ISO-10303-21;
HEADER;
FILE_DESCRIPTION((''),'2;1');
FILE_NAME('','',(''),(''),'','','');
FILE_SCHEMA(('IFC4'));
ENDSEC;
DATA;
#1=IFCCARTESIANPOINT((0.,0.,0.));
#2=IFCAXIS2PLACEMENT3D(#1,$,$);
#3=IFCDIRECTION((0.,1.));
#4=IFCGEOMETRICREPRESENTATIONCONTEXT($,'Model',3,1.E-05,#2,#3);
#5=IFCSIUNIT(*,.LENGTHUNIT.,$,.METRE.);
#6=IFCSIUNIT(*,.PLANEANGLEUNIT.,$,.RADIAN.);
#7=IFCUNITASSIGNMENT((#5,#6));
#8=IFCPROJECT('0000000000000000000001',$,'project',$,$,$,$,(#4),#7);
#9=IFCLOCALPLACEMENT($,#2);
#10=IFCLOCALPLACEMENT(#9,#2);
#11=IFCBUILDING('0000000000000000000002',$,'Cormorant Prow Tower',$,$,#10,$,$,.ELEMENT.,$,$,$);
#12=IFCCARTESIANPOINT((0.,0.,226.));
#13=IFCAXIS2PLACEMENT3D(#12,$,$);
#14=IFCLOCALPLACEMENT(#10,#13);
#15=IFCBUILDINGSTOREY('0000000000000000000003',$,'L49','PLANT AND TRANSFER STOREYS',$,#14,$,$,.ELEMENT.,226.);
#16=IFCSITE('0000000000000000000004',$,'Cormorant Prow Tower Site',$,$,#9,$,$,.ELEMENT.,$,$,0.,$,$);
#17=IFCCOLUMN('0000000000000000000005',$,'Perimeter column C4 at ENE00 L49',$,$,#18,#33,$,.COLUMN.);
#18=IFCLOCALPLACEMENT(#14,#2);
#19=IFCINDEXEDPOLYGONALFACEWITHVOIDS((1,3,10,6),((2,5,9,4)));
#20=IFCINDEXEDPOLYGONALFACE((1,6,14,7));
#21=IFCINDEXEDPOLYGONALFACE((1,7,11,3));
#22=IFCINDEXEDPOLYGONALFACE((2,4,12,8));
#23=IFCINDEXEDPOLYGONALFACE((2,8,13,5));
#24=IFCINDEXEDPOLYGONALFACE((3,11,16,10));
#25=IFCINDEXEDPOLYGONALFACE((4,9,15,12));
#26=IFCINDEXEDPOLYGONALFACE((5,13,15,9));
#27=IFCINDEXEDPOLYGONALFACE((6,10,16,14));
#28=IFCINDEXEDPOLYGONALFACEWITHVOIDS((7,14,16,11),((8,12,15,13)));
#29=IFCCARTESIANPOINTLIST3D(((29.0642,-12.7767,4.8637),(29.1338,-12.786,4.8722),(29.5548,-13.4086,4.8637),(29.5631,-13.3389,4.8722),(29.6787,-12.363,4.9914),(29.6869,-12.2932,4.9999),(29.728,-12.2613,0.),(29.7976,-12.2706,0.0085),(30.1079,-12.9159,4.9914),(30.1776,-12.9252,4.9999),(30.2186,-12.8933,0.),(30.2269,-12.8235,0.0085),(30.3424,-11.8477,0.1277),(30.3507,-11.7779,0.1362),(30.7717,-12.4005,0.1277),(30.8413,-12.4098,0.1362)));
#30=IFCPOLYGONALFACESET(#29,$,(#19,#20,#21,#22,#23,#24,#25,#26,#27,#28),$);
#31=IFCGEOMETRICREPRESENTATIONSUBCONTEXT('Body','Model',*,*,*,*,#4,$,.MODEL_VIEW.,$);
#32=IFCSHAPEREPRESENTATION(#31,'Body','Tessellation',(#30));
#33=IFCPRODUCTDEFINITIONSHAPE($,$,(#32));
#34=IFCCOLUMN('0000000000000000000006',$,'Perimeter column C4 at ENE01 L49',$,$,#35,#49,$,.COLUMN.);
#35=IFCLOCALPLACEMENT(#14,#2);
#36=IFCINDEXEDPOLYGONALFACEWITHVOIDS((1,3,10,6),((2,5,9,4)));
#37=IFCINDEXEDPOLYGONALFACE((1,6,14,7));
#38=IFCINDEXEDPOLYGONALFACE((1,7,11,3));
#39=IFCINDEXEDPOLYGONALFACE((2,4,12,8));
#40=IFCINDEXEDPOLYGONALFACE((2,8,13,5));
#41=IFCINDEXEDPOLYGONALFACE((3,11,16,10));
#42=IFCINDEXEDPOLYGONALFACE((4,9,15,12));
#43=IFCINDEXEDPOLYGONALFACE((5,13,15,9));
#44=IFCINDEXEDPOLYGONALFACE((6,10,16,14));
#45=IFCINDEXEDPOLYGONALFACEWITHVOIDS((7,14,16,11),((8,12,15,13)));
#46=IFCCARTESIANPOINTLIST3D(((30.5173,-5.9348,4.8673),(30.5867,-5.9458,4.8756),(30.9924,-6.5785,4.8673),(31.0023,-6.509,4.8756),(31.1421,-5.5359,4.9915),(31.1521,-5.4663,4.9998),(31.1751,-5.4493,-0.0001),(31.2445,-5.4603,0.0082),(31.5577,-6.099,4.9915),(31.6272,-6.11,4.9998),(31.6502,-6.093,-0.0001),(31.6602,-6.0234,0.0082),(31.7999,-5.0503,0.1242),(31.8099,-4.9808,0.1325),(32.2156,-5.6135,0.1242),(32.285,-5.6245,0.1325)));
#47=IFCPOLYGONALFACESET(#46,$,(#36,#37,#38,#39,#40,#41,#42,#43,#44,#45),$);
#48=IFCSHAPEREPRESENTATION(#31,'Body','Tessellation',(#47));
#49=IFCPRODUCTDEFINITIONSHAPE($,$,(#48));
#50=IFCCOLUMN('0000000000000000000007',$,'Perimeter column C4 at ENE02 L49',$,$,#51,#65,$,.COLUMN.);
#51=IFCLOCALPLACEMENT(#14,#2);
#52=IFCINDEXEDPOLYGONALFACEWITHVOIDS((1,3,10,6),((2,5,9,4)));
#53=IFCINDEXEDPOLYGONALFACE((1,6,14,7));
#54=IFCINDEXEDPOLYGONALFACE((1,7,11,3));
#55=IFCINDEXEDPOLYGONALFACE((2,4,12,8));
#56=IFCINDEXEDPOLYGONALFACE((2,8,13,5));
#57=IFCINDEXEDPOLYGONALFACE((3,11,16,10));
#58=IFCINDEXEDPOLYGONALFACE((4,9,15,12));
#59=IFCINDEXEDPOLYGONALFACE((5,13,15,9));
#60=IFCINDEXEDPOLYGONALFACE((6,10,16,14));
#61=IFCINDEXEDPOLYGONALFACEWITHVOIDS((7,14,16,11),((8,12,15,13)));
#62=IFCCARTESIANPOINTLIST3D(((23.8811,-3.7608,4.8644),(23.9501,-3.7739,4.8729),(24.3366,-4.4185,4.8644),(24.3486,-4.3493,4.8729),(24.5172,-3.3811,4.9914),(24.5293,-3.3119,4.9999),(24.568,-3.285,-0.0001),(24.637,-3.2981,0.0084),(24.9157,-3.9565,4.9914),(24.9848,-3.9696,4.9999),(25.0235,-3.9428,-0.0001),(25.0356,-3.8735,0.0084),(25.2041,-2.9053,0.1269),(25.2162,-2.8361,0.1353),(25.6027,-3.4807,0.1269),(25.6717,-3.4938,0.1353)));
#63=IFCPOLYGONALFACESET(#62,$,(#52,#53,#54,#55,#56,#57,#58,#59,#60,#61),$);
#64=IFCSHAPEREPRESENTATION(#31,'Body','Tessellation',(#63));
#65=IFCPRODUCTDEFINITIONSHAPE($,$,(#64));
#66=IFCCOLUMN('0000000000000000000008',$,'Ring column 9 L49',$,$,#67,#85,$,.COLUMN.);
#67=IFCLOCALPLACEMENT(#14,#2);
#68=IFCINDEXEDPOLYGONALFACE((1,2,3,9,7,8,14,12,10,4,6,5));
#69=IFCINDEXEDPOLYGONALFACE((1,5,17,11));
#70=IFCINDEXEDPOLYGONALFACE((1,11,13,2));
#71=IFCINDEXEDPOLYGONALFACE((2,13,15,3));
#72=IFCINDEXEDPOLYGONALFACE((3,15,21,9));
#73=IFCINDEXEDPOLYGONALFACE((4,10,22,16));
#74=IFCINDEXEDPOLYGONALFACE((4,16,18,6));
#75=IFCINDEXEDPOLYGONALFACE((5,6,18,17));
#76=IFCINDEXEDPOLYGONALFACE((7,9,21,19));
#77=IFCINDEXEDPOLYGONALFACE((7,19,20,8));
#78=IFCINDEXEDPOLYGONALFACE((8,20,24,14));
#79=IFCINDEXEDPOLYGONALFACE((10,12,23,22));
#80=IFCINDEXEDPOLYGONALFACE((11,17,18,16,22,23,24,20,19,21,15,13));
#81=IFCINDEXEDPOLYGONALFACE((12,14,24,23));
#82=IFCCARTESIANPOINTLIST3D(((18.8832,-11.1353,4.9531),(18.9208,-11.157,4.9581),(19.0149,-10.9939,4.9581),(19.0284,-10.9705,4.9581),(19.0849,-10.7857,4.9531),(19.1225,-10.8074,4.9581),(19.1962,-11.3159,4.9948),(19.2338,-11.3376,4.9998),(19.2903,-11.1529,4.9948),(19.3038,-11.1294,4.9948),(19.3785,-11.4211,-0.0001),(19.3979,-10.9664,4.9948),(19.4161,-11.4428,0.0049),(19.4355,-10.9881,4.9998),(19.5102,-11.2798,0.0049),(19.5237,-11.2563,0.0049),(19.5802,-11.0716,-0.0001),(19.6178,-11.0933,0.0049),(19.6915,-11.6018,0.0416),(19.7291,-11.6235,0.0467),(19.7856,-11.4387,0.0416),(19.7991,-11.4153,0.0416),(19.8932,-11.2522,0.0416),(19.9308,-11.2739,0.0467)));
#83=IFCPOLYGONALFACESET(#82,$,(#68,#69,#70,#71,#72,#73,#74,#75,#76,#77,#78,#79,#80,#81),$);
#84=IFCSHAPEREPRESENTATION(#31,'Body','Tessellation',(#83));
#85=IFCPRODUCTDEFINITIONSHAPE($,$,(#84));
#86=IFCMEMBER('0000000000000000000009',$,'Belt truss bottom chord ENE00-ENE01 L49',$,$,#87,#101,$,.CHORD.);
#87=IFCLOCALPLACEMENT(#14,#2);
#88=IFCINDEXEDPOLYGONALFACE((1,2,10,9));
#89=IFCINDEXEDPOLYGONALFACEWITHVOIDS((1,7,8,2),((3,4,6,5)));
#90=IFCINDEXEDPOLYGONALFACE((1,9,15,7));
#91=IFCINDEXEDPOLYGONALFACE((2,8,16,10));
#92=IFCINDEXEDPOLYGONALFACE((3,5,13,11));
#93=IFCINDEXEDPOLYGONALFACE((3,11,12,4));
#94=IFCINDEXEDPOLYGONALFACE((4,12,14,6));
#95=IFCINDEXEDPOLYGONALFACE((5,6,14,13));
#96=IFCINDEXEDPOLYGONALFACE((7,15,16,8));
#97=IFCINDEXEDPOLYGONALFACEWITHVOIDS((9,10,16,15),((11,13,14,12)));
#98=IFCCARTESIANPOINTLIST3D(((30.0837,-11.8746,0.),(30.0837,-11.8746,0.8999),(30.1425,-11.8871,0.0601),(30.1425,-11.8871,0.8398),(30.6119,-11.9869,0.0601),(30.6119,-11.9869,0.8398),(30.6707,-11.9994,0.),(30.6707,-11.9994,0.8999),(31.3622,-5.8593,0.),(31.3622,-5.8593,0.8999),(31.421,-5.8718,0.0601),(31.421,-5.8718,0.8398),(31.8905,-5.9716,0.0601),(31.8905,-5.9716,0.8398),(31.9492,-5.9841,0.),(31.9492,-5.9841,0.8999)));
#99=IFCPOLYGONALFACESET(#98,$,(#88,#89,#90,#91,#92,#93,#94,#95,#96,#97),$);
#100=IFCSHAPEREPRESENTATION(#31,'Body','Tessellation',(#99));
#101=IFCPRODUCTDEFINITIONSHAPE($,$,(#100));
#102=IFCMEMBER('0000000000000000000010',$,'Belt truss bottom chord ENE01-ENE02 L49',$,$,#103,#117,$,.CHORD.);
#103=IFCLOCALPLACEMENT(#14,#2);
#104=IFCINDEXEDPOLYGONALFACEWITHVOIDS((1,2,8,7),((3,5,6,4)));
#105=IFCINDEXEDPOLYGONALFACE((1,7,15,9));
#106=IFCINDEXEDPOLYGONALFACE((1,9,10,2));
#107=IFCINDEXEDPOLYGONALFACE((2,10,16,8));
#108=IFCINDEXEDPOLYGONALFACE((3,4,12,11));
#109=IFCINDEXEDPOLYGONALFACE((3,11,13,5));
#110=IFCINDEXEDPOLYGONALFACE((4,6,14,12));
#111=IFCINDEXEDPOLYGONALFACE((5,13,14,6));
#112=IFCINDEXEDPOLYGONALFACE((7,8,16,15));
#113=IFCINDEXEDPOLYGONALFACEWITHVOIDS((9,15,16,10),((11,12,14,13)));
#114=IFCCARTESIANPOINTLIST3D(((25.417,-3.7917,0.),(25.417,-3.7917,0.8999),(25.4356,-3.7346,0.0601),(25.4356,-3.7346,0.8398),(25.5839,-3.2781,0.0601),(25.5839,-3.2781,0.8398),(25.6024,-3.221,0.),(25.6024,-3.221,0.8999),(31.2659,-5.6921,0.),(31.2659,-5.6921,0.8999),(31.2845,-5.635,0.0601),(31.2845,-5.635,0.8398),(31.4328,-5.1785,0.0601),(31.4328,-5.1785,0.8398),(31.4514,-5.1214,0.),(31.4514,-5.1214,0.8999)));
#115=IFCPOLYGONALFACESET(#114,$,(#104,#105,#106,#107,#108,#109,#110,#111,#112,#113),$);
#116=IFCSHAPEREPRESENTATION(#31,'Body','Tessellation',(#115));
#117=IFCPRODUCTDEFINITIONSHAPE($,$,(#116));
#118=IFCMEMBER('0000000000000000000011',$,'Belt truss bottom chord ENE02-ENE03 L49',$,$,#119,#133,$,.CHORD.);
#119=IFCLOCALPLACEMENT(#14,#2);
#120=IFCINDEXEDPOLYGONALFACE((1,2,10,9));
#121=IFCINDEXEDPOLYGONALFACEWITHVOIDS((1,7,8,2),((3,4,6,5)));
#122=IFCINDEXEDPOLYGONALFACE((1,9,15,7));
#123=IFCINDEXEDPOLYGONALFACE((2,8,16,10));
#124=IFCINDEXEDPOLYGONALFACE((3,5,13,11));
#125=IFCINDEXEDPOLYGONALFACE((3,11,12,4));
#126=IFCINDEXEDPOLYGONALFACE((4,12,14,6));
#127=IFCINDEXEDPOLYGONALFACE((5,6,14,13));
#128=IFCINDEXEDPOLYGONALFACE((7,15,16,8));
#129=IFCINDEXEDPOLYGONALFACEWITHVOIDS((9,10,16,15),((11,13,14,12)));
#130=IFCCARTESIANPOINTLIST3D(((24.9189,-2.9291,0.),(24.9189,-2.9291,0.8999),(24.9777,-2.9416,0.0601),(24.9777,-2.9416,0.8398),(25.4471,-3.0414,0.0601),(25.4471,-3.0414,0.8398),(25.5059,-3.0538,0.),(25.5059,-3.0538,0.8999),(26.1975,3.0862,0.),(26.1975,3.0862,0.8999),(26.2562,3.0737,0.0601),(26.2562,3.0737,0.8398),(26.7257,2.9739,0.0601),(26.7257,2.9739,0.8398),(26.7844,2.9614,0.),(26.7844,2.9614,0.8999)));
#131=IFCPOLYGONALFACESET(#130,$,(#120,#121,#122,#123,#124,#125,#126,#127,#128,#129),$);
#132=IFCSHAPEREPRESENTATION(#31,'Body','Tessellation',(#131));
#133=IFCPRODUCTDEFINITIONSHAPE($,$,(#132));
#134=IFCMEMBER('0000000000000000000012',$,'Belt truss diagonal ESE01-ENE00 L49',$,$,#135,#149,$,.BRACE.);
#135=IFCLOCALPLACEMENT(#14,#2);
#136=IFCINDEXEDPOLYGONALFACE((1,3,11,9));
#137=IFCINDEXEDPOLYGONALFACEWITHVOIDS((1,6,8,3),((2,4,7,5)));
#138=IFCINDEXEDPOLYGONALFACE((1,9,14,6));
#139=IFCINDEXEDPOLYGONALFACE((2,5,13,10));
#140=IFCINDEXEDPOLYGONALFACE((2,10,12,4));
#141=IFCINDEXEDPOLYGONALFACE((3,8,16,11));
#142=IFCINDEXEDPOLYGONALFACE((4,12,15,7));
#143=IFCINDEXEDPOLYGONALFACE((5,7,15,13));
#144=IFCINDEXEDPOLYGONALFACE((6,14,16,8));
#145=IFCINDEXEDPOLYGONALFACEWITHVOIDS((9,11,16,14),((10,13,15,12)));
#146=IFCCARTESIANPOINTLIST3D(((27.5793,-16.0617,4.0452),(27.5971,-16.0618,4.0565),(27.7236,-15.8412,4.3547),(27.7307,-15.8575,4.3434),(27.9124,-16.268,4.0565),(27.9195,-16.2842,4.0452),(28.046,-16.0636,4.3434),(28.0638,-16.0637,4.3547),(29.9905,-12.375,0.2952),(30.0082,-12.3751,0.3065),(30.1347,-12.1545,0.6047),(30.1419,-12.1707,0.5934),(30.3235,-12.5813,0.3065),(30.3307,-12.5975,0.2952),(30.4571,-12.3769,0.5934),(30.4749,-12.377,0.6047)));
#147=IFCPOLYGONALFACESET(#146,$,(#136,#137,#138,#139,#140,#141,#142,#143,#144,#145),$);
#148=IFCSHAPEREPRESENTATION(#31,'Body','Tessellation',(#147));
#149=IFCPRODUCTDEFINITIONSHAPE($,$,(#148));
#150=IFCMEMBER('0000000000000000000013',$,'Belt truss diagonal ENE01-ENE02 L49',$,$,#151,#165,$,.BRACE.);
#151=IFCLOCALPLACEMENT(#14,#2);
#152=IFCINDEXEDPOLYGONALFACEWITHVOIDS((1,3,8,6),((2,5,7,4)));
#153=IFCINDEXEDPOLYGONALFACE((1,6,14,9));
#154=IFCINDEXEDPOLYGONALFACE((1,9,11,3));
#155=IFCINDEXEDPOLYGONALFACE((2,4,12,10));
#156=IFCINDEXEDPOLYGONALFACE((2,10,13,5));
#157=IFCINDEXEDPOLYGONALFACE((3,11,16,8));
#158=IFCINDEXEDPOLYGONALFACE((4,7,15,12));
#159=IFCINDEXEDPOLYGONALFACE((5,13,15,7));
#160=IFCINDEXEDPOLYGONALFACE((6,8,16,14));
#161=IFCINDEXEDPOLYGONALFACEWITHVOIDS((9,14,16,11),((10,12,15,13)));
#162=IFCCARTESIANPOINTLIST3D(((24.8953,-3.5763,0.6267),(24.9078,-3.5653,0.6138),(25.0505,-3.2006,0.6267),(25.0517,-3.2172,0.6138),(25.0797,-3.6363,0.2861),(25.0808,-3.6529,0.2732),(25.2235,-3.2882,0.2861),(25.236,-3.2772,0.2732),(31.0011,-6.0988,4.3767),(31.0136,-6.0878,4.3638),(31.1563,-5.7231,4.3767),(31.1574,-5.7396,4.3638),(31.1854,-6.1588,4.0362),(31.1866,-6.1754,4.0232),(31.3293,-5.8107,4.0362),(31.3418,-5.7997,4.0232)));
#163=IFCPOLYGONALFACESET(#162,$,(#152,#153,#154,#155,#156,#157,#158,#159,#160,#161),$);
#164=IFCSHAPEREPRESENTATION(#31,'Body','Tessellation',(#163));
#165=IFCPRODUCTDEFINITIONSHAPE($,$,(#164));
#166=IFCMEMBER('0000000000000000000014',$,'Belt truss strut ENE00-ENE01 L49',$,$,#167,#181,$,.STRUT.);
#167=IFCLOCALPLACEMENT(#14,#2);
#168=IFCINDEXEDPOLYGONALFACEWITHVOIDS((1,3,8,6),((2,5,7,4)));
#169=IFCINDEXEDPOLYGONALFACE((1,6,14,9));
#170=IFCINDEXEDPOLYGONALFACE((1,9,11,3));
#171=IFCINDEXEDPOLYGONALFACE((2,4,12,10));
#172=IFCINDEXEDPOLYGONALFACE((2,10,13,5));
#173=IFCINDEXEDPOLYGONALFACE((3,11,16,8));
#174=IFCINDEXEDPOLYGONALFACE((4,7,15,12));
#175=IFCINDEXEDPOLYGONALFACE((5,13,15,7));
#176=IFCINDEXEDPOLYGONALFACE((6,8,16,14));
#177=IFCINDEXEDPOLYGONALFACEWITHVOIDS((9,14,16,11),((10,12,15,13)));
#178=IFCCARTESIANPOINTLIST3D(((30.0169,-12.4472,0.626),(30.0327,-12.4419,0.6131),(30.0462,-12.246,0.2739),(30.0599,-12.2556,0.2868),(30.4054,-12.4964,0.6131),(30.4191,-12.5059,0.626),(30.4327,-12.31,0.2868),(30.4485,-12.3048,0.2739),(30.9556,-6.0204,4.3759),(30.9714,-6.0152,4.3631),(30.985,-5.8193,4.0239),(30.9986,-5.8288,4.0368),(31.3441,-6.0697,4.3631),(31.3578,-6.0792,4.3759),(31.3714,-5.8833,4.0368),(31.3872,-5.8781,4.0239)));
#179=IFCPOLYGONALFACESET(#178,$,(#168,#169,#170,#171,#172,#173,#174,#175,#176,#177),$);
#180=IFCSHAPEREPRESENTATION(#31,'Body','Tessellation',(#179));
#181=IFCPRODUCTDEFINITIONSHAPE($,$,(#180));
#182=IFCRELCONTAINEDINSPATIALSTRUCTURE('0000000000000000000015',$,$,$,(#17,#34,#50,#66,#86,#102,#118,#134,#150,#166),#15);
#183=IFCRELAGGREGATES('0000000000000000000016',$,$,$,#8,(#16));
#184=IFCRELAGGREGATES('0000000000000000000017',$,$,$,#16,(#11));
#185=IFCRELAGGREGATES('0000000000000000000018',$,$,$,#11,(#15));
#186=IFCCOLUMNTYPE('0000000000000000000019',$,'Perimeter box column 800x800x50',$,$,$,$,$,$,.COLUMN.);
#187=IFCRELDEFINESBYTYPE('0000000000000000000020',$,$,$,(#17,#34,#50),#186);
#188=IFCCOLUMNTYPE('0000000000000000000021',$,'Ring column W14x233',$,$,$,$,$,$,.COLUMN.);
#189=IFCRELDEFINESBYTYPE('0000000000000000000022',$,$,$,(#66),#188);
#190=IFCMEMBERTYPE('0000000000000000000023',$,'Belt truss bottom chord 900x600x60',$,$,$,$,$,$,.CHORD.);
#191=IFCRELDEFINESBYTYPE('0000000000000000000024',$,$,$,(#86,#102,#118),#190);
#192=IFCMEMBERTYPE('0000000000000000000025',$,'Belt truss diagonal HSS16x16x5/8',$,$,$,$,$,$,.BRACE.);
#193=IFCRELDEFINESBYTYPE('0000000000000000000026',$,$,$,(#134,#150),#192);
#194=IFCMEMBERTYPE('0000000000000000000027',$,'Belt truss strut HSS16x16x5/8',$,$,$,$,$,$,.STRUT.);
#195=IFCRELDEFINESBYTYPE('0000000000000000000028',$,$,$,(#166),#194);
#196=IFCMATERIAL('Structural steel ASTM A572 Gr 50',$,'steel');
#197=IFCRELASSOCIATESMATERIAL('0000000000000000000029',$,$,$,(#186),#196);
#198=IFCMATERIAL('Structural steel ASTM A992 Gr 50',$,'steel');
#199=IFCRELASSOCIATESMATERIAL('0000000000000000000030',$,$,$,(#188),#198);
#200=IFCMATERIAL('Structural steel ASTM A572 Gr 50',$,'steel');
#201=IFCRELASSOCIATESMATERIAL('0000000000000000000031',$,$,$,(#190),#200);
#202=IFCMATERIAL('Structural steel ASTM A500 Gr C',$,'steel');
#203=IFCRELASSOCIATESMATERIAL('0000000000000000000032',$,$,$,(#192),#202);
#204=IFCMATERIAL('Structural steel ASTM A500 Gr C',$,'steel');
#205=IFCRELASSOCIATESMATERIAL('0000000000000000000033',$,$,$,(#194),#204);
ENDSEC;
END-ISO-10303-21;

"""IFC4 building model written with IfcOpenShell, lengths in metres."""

from ifc_helpers import new_model, si_unit, direction, frame, origin, origin_2d, place, context, subcontext, project, spatial, hollow_rectangle, i_section, extrude, material, material_profile, profile_set, type_object, element, save


model = new_model("IFC4")

# Units and contexts
model_context = context("Model", 3, precision=1e-05, world=origin(), true_north=direction((0.0, 1.0)))
body_context = subcontext(model_context, "Body", "Model", "MODEL_VIEW")
ifc_project = project(units=[si_unit("LENGTHUNIT", "METRE"), si_unit("PLANEANGLEUNIT", "RADIAN")], contexts=[model_context])

# Site, building, storey
site_placement = place(None, origin())
site = spatial("IfcSite", under=ifc_project, at=site_placement, Name="Cormorant Prow Tower Site", CompositionType="ELEMENT", RefElevation=0.0)
building_placement = place(site_placement, origin())
building = spatial("IfcBuilding", under=site, at=building_placement, Name="Cormorant Prow Tower", CompositionType="ELEMENT")
storey_placement = place(building_placement, frame((0.0, 0.0, 226.0)))
storey = spatial("IfcBuildingStorey", under=building, at=storey_placement, Name="L49", Description="PLANT AND TRANSFER STOREYS", CompositionType="ELEMENT", Elevation=226.0)

# Columns
ifc_material_1 = material(Name="Structural steel ASTM A572 Gr 50", Category="steel")
ifc_material_profile_1 = material_profile(ifc_material_1, hollow_rectangle(XDim=0.8, YDim=0.8, WallThickness=0.05, at=origin_2d()), Name="Box 800x800x50")
ifc_profile_set_1 = profile_set([ifc_material_profile_1], Name="Structural steel ASTM A572 Gr 50")
column_type_1 = type_object("IfcColumnType", Name="Perimeter box column 800x800x50", PredefinedType="COLUMN", material=ifc_profile_set_1)
column_1_placement = place(storey_placement, frame((30.2939, -12.3284, 0.0), z_axis=(-0.134482, -0.10441, 0.9854), x_axis=(0.613256, -0.789885, 0.0)))
element("IfcColumn", 1, at=column_1_placement, inside=storey, type_object=column_type_1, Name="Perimeter column C4 at ENE00 L49", PredefinedType="COLUMN", context=body_context, shape_type="SweptSolid", body=[
    extrude(hollow_rectangle(XDim=0.8, YDim=0.8, WallThickness=0.05, at=origin_2d()), frame((0.0, 0.0, 0.0691)), (0.0, 0.0, 1.0), 4.9358),
])
column_2_placement = place(storey_placement, frame((31.739, -5.5303, 0.0), z_axis=(-0.133289, -0.098377, 0.986183), x_axis=(0.593843, -0.804581, 0.0)))
element("IfcColumn", 2, at=column_2_placement, inside=storey, type_object=column_type_1, Name="Perimeter column C4 at ENE01 L49", PredefinedType="COLUMN", context=body_context, shape_type="SweptSolid", body=[
    extrude(hollow_rectangle(XDim=0.8, YDim=0.8, WallThickness=0.05, at=origin_2d()), frame((0.0, 0.0, 0.0671)), (0.0, 0.0, 1.0), 4.9355),
])
column_3_placement = place(storey_placement, frame((25.1294, -3.3828, 0.0), z_axis=(-0.139173, -0.096391, 0.985566), x_axis=(0.569373, -0.82208, 0.0)))
element("IfcColumn", 3, at=column_3_placement, inside=storey, type_object=column_type_1, Name="Perimeter column C4 at ENE02 L49", PredefinedType="COLUMN", context=body_context, shape_type="SweptSolid", body=[
    extrude(hollow_rectangle(XDim=0.8, YDim=0.8, WallThickness=0.05, at=origin_2d()), frame((0.0, 0.0, 0.0686)), (0.0, 0.0, 1.0), 4.9358),
])
ifc_material_2 = material(Name="Structural steel ASTM A992 Gr 50", Category="steel")
ifc_material_profile_2 = material_profile(ifc_material_2, i_section(OverallWidth=0.4036, OverallDepth=0.4075, WebThickness=0.0271, FlangeThickness=0.0437, at=origin_2d()), Name="W14x233")
ifc_profile_set_2 = profile_set([ifc_material_profile_2], Name="Structural steel ASTM A992 Gr 50")
column_type_2 = type_object("IfcColumnType", Name="Ring column W14x233", PredefinedType="COLUMN", material=ifc_profile_set_2)
column_4_placement = place(storey_placement, frame((19.657, -11.3489, 0.0), z_axis=(-0.09934, 0.057334, 0.9934), x_axis=(-0.499869, -0.866101, 0.0)))
element("IfcColumn", 4, at=column_4_placement, inside=storey, type_object=column_type_2, Name="Ring column 9 L49", PredefinedType="COLUMN", context=body_context, shape_type="SweptSolid", body=[
    extrude(i_section(OverallWidth=0.4036, OverallDepth=0.4075, WebThickness=0.0271, FlangeThickness=0.0437, at=origin_2d()), frame((0.0, 0.0, 0.0234)), (0.0, 0.0, 1.0), 4.9861),
])

# Members
ifc_material_3 = material(Name="Structural steel ASTM A572 Gr 50", Category="steel")
ifc_material_profile_3 = material_profile(ifc_material_3, hollow_rectangle(XDim=0.6001, YDim=0.8999, WallThickness=0.0601, at=origin_2d()), Name="Box 900x600x60")
ifc_profile_set_3 = profile_set([ifc_material_profile_3], Name="Structural steel ASTM A572 Gr 50")
member_type_1 = type_object("IfcMemberType", Name="Belt truss bottom chord 900x600x60", PredefinedType="CHORD", material=ifc_profile_set_3)
member_1_placement = place(storey_placement, frame((30.3772, -11.937, 0.45), z_axis=(0.207905, 0.978149, 0.0), x_axis=(-0.978149, 0.207905, 0.0)))
element("IfcMember", 5, at=member_1_placement, inside=storey, type_object=member_type_1, Name="Belt truss bottom chord ENE00-ENE01 L49", PredefinedType="CHORD", context=body_context, shape_type="SweptSolid", body=[
    extrude(hollow_rectangle(XDim=0.6001, YDim=0.8999, WallThickness=0.0601, at=origin_2d()), origin(), (0.0, 0.0, 1.0), 6.1497),
])
member_2_placement = place(storey_placement, frame((31.3586, -5.4067, 0.45), z_axis=(-0.951058, 0.309013, 0.0), x_axis=(-0.309013, -0.951058, 0.0)))
element("IfcMember", 6, at=member_2_placement, inside=storey, type_object=member_type_1, Name="Belt truss bottom chord ENE01-ENE02 L49", PredefinedType="CHORD", context=body_context, shape_type="SweptSolid", body=[
    extrude(hollow_rectangle(XDim=0.6001, YDim=0.8999, WallThickness=0.0601, at=origin_2d()), origin(), (0.0, 0.0, 1.0), 6.1499),
])
member_3_placement = place(storey_placement, frame((25.2124, -2.9915, 0.45), z_axis=(0.207905, 0.978149, 0.0), x_axis=(-0.978149, 0.207905, 0.0)))
element("IfcMember", 7, at=member_3_placement, inside=storey, type_object=member_type_1, Name="Belt truss bottom chord ENE02-ENE03 L49", PredefinedType="CHORD", context=body_context, shape_type="SweptSolid", body=[
    extrude(hollow_rectangle(XDim=0.6001, YDim=0.8999, WallThickness=0.0601, at=origin_2d()), origin(), (0.0, 0.0, 1.0), 6.1497),
])
ifc_material_4 = material(Name="Structural steel ASTM A500 Gr C", Category="steel")
ifc_material_profile_4 = material_profile(ifc_material_4, hollow_rectangle(XDim=0.4065, YDim=0.4065, WallThickness=0.0149, at=origin_2d()), Name="HSS16x16x5/8")
ifc_profile_set_4 = profile_set([ifc_material_profile_4], Name="Structural steel ASTM A500 Gr C")
member_type_2 = type_object("IfcMemberType", Name="Belt truss diagonal HSS16x16x5/8", PredefinedType="BRACE", material=ifc_profile_set_4)
member_4_placement = place(storey_placement, frame((30.2327, -12.376, 0.45), z_axis=(-0.416777, -0.637278, 0.648208), x_axis=(0.836912, -0.547337, 0.0)))
element("IfcMember", 8, at=member_4_placement, inside=storey, type_object=member_type_2, Name="Belt truss diagonal ESE01-ENE00 L49", PredefinedType="BRACE", context=body_context, shape_type="SweptSolid", body=[
    extrude(hollow_rectangle(XDim=0.4065, YDim=0.4065, WallThickness=0.0149, at=origin_2d()), origin(), (0.0, 0.0, 1.0), 5.7852),
])
member_5_placement = place(storey_placement, frame((25.0657, -3.4268, 0.45), z_axis=(0.803766, -0.332061, 0.493656), x_axis=(0.381829, 0.924233, 0.0)))
element("IfcMember", 9, at=member_5_placement, inside=storey, type_object=member_type_2, Name="Belt truss diagonal ENE01-ENE02 L49", PredefinedType="BRACE", context=body_context, shape_type="SweptSolid", body=[
    extrude(hollow_rectangle(XDim=0.4065, YDim=0.4065, WallThickness=0.0149, at=origin_2d()), origin(), (0.0, 0.0, 1.0), 7.5964),
])
ifc_material_5 = material(Name="Structural steel ASTM A500 Gr C", Category="steel")
ifc_material_profile_5 = material_profile(ifc_material_5, hollow_rectangle(XDim=0.4065, YDim=0.4065, WallThickness=0.0149, at=origin_2d()), Name="HSS16x16x5/8")
ifc_profile_set_5 = profile_set([ifc_material_profile_5], Name="Structural steel ASTM A500 Gr C")
member_type_3 = type_object("IfcMemberType", Name="Belt truss strut HSS16x16x5/8", PredefinedType="STRUT", material=ifc_profile_set_5)
member_6_placement = place(storey_placement, frame((30.2327, -12.376, 0.45), z_axis=(0.125166, 0.856925, 0.500014), x_axis=(-0.9895, 0.144531, 0.0)))
element("IfcMember", 10, at=member_6_placement, inside=storey, type_object=member_type_3, Name="Belt truss strut ENE00-ENE01 L49", PredefinedType="STRUT", context=body_context, shape_type="SweptSolid", body=[
    extrude(hollow_rectangle(XDim=0.4065, YDim=0.4065, WallThickness=0.0149, at=origin_2d()), origin(), (0.0, 0.0, 1.0), 7.4998),
])

save(model, "model.ifc")
